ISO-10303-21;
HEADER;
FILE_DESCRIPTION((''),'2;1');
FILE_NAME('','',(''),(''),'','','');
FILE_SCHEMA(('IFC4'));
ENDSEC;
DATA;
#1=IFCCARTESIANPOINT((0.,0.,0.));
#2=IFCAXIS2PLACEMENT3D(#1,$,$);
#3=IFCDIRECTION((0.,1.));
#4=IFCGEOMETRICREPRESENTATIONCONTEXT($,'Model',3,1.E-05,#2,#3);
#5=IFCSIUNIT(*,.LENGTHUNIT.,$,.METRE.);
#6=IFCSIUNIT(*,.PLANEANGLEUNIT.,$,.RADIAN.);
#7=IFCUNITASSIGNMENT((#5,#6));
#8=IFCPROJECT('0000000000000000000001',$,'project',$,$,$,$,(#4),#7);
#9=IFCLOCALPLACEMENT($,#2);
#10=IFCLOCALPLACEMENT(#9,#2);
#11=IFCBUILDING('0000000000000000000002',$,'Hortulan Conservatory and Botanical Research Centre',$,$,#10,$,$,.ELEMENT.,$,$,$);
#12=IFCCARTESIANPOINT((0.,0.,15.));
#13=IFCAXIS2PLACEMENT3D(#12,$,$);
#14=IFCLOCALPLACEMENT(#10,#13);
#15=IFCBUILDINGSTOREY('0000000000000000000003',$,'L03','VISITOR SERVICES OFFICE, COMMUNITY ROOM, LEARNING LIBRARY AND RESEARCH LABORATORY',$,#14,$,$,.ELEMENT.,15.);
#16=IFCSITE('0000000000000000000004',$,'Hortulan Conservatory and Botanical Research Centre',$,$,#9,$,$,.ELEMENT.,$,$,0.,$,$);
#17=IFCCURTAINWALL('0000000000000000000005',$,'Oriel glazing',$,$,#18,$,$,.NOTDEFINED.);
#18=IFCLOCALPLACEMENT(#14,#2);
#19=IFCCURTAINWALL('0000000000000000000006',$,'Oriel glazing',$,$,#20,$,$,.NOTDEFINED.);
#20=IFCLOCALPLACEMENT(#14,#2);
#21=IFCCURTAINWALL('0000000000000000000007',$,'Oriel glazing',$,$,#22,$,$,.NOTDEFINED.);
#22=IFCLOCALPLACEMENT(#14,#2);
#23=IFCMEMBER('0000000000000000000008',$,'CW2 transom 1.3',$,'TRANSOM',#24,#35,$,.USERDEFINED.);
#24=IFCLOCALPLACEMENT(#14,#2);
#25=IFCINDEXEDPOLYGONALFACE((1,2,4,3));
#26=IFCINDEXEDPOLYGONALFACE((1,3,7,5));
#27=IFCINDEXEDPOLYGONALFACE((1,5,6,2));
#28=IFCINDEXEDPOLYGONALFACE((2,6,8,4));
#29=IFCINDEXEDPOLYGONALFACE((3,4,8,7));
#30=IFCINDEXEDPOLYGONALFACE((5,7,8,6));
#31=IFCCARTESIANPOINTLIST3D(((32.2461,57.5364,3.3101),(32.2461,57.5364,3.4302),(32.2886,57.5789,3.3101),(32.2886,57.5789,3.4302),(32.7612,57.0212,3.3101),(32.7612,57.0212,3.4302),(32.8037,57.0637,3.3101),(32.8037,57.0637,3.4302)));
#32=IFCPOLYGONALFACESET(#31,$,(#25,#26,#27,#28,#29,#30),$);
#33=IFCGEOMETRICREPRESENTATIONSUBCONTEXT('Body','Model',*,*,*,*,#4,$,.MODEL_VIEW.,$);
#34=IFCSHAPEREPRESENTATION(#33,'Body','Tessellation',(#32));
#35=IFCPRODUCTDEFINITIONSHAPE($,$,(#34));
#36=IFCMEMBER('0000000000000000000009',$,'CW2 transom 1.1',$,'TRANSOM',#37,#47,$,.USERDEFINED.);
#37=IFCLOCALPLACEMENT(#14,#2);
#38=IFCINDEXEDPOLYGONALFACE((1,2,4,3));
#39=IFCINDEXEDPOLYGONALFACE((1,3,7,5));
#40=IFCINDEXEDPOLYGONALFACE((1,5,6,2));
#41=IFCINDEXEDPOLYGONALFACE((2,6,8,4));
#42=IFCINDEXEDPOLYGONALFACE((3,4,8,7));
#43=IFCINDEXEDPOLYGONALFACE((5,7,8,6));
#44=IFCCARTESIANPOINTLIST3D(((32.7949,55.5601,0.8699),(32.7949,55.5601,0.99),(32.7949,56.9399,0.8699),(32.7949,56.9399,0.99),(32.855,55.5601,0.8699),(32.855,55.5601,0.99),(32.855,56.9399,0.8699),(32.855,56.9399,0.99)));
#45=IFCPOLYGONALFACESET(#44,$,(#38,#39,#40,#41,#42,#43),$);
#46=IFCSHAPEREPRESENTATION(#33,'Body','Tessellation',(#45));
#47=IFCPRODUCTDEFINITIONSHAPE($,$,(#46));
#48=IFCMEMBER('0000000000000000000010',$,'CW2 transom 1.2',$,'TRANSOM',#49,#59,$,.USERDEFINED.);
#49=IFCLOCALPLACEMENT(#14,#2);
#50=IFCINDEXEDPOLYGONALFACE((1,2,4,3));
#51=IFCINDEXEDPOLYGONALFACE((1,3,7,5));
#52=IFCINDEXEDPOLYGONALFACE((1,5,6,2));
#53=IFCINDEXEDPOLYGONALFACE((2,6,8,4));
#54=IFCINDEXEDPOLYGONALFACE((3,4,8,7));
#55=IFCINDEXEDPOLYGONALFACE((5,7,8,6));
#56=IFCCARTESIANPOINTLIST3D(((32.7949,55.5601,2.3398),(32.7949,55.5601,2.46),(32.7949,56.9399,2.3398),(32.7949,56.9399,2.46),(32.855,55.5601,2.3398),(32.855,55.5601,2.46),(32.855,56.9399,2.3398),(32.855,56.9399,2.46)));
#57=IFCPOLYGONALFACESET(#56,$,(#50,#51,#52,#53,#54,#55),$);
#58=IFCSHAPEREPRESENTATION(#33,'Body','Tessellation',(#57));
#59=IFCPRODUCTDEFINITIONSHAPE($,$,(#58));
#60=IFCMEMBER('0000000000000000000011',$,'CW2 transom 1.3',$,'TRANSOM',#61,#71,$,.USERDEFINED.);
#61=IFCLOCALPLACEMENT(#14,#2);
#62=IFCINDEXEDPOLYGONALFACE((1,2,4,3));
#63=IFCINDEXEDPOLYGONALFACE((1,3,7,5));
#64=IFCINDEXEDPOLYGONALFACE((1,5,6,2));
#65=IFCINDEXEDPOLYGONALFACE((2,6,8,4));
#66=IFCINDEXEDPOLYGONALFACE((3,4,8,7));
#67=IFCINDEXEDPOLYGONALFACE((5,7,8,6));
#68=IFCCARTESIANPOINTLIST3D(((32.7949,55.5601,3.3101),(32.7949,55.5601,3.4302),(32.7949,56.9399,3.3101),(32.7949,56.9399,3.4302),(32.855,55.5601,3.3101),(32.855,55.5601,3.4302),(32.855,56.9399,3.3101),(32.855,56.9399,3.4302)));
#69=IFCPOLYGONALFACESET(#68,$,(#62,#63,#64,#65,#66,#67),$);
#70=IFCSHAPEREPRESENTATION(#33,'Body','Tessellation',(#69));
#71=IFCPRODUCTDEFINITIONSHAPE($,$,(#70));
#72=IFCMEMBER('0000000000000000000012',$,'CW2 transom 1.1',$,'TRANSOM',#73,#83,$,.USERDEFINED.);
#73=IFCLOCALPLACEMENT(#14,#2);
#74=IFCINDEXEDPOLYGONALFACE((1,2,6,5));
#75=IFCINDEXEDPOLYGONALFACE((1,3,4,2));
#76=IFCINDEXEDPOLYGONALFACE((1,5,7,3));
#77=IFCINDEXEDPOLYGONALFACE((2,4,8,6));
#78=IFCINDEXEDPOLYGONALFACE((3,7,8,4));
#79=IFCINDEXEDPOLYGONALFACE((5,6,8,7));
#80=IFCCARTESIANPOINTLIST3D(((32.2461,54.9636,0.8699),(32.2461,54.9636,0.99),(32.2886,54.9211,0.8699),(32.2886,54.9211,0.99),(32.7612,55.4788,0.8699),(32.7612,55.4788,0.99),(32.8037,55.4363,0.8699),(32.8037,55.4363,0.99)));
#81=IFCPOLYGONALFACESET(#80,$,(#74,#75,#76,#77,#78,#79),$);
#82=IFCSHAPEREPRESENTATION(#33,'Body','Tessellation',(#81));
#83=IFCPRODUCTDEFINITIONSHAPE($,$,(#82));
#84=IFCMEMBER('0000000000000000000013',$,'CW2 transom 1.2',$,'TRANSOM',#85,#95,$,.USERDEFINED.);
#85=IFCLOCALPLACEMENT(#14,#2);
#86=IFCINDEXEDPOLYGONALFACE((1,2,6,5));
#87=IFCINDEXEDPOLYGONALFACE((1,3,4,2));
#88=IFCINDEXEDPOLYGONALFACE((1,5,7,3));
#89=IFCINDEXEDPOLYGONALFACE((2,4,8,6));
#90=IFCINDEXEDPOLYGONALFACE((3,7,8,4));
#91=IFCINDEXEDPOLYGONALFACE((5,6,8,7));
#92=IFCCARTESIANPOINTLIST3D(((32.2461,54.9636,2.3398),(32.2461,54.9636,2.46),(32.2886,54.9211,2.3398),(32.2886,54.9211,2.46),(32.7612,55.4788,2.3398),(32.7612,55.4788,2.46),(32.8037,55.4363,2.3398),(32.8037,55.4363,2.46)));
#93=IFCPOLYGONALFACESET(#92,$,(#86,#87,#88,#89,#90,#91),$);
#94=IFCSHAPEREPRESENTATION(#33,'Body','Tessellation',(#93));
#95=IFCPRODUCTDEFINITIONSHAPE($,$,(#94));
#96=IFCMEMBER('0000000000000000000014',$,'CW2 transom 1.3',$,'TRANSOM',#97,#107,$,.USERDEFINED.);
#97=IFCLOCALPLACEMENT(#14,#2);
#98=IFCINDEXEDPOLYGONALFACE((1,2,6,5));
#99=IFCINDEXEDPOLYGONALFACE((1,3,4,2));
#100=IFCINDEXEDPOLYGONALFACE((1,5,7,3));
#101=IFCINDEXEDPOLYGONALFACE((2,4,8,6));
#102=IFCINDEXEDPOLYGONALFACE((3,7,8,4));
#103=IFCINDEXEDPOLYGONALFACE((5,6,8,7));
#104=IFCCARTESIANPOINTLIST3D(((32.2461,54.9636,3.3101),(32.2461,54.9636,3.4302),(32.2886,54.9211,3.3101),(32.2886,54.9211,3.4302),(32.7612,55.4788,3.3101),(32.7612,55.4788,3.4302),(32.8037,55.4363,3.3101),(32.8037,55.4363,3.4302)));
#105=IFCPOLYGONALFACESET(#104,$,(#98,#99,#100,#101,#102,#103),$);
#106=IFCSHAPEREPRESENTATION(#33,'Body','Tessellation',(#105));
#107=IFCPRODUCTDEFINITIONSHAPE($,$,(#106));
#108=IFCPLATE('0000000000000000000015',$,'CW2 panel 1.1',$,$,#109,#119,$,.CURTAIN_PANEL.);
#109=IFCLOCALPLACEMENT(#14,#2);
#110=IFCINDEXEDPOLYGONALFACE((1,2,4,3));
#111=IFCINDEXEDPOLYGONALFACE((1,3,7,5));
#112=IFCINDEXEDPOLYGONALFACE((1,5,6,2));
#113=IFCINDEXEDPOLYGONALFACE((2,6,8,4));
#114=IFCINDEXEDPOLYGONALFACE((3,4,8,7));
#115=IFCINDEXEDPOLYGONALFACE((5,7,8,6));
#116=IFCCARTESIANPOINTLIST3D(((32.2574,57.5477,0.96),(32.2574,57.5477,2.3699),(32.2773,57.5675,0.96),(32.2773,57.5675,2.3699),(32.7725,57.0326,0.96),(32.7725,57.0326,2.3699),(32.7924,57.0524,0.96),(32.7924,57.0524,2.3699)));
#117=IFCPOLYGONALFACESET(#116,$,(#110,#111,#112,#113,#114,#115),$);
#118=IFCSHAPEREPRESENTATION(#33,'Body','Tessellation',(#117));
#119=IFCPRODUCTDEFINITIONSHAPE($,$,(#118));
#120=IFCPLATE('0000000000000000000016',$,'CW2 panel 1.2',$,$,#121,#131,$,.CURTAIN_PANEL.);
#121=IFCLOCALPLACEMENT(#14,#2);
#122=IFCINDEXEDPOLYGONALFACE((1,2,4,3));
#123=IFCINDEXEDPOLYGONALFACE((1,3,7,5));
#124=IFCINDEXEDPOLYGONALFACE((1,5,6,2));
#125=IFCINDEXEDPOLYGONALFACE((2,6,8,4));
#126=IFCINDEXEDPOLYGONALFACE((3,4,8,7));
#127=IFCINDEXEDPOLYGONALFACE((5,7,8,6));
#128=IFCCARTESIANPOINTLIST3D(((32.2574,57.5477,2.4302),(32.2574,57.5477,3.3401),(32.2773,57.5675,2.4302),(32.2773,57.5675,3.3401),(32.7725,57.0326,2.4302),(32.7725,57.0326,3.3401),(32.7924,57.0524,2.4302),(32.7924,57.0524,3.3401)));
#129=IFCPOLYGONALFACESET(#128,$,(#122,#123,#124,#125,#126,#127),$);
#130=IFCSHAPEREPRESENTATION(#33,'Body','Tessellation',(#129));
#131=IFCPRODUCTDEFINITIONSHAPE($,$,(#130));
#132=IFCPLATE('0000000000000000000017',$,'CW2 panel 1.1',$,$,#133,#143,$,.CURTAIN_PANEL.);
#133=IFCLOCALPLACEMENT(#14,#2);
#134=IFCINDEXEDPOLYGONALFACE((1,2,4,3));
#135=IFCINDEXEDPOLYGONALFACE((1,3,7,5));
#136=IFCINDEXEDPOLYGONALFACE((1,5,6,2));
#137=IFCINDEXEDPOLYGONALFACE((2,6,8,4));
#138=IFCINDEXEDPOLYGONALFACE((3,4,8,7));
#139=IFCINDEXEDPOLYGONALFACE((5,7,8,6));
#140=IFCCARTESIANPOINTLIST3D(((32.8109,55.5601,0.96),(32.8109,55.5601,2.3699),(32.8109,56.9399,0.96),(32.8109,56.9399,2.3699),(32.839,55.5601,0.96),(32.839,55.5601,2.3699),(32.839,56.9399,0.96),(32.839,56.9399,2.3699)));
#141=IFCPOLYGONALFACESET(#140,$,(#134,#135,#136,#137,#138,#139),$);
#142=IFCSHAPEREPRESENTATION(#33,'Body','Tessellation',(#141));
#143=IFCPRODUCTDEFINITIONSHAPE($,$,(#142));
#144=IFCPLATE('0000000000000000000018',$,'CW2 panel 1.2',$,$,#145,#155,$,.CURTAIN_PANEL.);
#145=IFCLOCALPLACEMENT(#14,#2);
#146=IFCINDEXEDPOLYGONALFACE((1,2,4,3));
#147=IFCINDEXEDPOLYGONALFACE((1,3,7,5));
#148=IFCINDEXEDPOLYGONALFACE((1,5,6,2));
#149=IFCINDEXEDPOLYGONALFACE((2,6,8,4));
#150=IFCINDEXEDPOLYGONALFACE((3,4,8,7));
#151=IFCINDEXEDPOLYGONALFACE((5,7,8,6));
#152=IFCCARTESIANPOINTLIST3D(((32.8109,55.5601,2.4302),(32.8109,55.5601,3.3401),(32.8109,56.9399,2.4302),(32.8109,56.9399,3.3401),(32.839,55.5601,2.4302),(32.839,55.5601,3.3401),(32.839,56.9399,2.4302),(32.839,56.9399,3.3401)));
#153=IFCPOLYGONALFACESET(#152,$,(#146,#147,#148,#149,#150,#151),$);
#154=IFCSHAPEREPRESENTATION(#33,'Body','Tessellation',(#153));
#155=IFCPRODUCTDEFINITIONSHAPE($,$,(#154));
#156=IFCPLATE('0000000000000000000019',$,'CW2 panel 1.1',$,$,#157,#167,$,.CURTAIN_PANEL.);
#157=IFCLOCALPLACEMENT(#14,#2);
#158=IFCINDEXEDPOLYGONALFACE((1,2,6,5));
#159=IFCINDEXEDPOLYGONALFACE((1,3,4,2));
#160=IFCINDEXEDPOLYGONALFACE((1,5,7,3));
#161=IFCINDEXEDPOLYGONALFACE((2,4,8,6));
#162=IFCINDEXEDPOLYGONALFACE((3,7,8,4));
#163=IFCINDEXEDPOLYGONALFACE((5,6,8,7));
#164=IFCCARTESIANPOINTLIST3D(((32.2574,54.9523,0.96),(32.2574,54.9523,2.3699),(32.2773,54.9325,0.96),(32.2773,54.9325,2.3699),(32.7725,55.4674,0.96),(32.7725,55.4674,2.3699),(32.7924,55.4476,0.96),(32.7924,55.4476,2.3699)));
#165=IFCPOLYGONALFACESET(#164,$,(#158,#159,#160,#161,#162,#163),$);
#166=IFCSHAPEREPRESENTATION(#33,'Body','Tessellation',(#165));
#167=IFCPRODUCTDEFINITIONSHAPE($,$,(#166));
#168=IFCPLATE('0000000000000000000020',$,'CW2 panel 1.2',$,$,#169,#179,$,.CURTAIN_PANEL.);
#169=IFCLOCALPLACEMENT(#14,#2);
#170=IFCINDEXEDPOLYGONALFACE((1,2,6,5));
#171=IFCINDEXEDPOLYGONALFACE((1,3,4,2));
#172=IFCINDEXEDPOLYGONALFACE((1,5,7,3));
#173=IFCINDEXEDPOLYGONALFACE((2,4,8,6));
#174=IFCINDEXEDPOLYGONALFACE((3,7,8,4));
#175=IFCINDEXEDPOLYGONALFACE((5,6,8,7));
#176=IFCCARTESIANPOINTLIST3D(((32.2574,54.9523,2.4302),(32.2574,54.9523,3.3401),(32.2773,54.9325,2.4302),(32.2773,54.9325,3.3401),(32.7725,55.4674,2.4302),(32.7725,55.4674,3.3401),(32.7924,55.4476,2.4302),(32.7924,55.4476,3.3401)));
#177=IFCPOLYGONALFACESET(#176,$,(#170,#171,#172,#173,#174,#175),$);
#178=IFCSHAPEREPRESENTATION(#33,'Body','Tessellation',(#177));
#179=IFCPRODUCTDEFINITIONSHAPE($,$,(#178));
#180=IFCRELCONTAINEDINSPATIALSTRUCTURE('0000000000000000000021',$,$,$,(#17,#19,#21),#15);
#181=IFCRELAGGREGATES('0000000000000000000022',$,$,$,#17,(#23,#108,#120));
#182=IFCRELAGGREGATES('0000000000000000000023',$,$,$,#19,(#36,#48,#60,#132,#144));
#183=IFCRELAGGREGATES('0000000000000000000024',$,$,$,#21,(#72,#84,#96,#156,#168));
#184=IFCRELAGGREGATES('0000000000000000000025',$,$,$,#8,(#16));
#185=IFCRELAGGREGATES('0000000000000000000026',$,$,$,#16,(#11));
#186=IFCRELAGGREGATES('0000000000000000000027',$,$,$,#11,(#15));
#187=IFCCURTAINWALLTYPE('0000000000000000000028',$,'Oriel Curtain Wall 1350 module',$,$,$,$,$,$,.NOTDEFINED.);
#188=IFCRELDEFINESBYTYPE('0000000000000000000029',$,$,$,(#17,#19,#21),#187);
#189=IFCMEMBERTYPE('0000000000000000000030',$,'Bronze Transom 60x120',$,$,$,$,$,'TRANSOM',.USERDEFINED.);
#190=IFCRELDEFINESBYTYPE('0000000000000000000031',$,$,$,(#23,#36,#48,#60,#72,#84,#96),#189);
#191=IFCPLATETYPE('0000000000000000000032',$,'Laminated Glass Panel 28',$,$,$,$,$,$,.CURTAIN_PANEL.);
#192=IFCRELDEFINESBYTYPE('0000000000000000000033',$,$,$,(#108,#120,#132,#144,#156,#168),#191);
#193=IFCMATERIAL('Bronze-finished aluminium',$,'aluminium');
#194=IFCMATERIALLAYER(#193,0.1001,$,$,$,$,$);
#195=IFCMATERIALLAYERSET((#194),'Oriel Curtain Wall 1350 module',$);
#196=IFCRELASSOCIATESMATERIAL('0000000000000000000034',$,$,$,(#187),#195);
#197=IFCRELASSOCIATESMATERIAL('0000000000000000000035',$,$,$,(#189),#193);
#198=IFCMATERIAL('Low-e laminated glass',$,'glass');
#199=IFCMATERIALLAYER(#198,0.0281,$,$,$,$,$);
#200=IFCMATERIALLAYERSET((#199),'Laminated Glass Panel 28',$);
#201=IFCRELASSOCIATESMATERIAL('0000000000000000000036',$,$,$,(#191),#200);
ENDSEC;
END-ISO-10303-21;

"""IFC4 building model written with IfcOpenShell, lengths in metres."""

from ifc_helpers import new_model, si_unit, direction, frame, origin, origin_2d, place, context, subcontext, project, spatial, rectangle, extrude, material, layer, layer_set, material_profile, profile_set, type_object, element, aggregate, save


model = new_model("IFC4")

# Units and contexts
model_context = context("Model", 3, precision=1e-05, world=origin(), true_north=direction((0.0, 1.0)))
body_context = subcontext(model_context, "Body", "Model", "MODEL_VIEW")
ifc_project = project(units=[si_unit("LENGTHUNIT", "METRE"), si_unit("PLANEANGLEUNIT", "RADIAN")], contexts=[model_context])

# Site, building, storey
site_placement = place(None, origin())
site = spatial("IfcSite", under=ifc_project, at=site_placement, Name="Hortulan Conservatory and Botanical Research Centre", CompositionType="ELEMENT", RefElevation=0.0)
building_placement = place(site_placement, origin())
building = spatial("IfcBuilding", under=site, at=building_placement, Name="Hortulan Conservatory and Botanical Research Centre", CompositionType="ELEMENT")
storey_placement = place(building_placement, frame((0.0, 0.0, 15.0)))
storey = spatial("IfcBuildingStorey", under=building, at=storey_placement, Name="L03", Description="VISITOR SERVICES OFFICE, COMMUNITY ROOM, LEARNING LIBRARY AND RESEARCH LABORATORY", CompositionType="ELEMENT", Elevation=15.0)

# Shared definitions
ifc_material_1 = material(Name="Bronze-finished aluminium", Category="aluminium")
ifc_layer_1 = layer(ifc_material_1, 0.1001)
ifc_layer_set_1 = layer_set([ifc_layer_1], Name="Oriel Curtain Wall 1350 module")
curtain_wall_type = type_object("IfcCurtainWallType", Name="Oriel Curtain Wall 1350 module", PredefinedType="NOTDEFINED", material=ifc_layer_set_1)

# Curtain walls
curtain_wall_1_placement = place(storey_placement, origin())
curtain_wall_1 = element("IfcCurtainWall", 1, at=curtain_wall_1_placement, inside=storey, type_object=curtain_wall_type, Name="Oriel glazing", PredefinedType="NOTDEFINED")
curtain_wall_2_placement = place(storey_placement, origin())
curtain_wall_2 = element("IfcCurtainWall", 2, at=curtain_wall_2_placement, inside=storey, type_object=curtain_wall_type, Name="Oriel glazing", PredefinedType="NOTDEFINED")
curtain_wall_3_placement = place(storey_placement, origin())
curtain_wall_3 = element("IfcCurtainWall", 3, at=curtain_wall_3_placement, inside=storey, type_object=curtain_wall_type, Name="Oriel glazing", PredefinedType="NOTDEFINED")

# Members
ifc_material_profile_1 = material_profile(ifc_material_1, rectangle(XDim=0.0601, YDim=0.1201, at=origin_2d()), Name="Bronze Transom 60x120")
ifc_profile_set_1 = profile_set([ifc_material_profile_1], Name="Bronze-finished aluminium")
member_type_1 = type_object("IfcMemberType", Name="Bronze Transom 60x120", ElementType="TRANSOM", PredefinedType="USERDEFINED", material=ifc_profile_set_1)
member_1_placement = place(storey_placement, frame((32.2673, 57.5576, 3.3701), z_axis=(0.707107, -0.707107, 0.0), x_axis=(0.707107, 0.707107, 0.0)))
member_1 = element("IfcMember", 4, at=member_1_placement, type_object=member_type_1, Name="CW2 transom 1.3", ObjectType="TRANSOM", PredefinedType="USERDEFINED", context=body_context, shape_type="SweptSolid", body=[
    extrude(rectangle(XDim=0.0601, YDim=0.1201, at=origin_2d()), origin(), (0.0, 0.0, 1.0), 0.7285),
])
member_2_placement = place(storey_placement, frame((32.825, 56.9399, 0.9299), z_axis=(0.0, -1.0, 0.0), x_axis=(1.0, 0.0, 0.0)))
member_2 = element("IfcMember", 5, at=member_2_placement, type_object=member_type_1, Name="CW2 transom 1.1", ObjectType="TRANSOM", PredefinedType="USERDEFINED", context=body_context, shape_type="SweptSolid", body=[
    extrude(rectangle(XDim=0.0601, YDim=0.1201, at=origin_2d()), origin(), (0.0, 0.0, 1.0), 1.3799),
])
member_3_placement = place(storey_placement, frame((32.825, 56.9399, 2.3999), z_axis=(0.0, -1.0, 0.0), x_axis=(1.0, 0.0, 0.0)))
member_3 = element("IfcMember", 6, at=member_3_placement, type_object=member_type_1, Name="CW2 transom 1.2", ObjectType="TRANSOM", PredefinedType="USERDEFINED", context=body_context, shape_type="SweptSolid", body=[
    extrude(rectangle(XDim=0.0601, YDim=0.1201, at=origin_2d()), origin(), (0.0, 0.0, 1.0), 1.3799),
])
member_4_placement = place(storey_placement, frame((32.825, 56.9399, 3.3701), z_axis=(0.0, -1.0, 0.0), x_axis=(1.0, 0.0, 0.0)))
member_4 = element("IfcMember", 7, at=member_4_placement, type_object=member_type_1, Name="CW2 transom 1.3", ObjectType="TRANSOM", PredefinedType="USERDEFINED", context=body_context, shape_type="SweptSolid", body=[
    extrude(rectangle(XDim=0.0601, YDim=0.1201, at=origin_2d()), origin(), (0.0, 0.0, 1.0), 1.3799),
])
member_5_placement = place(storey_placement, frame((32.7825, 55.4575, 0.9299), z_axis=(-0.707107, -0.707107, 0.0), x_axis=(0.707107, -0.707107, 0.0)))
member_5 = element("IfcMember", 8, at=member_5_placement, type_object=member_type_1, Name="CW2 transom 1.1", ObjectType="TRANSOM", PredefinedType="USERDEFINED", context=body_context, shape_type="SweptSolid", body=[
    extrude(rectangle(XDim=0.0601, YDim=0.1201, at=origin_2d()), origin(), (0.0, 0.0, 1.0), 0.7285),
])
member_6_placement = place(storey_placement, frame((32.7825, 55.4575, 2.3999), z_axis=(-0.707107, -0.707107, 0.0), x_axis=(0.707107, -0.707107, 0.0)))
member_6 = element("IfcMember", 9, at=member_6_placement, type_object=member_type_1, Name="CW2 transom 1.2", ObjectType="TRANSOM", PredefinedType="USERDEFINED", context=body_context, shape_type="SweptSolid", body=[
    extrude(rectangle(XDim=0.0601, YDim=0.1201, at=origin_2d()), origin(), (0.0, 0.0, 1.0), 0.7285),
])
member_7_placement = place(storey_placement, frame((32.7825, 55.4575, 3.3701), z_axis=(-0.707107, -0.707107, 0.0), x_axis=(0.707107, -0.707107, 0.0)))
member_7 = element("IfcMember", 10, at=member_7_placement, type_object=member_type_1, Name="CW2 transom 1.3", ObjectType="TRANSOM", PredefinedType="USERDEFINED", context=body_context, shape_type="SweptSolid", body=[
    extrude(rectangle(XDim=0.0601, YDim=0.1201, at=origin_2d()), origin(), (0.0, 0.0, 1.0), 0.7285),
])

# Plates
ifc_material_2 = material(Name="Low-e laminated glass", Category="glass")
ifc_layer_2 = layer(ifc_material_2, 0.0281)
ifc_layer_set_2 = layer_set([ifc_layer_2], Name="Laminated Glass Panel 28")
plate_type = type_object("IfcPlateType", Name="Laminated Glass Panel 28", PredefinedType="CURTAIN_PANEL", material=ifc_layer_set_2)
plate_1_placement = place(storey_placement, frame((32.5249, 57.3, 0.96), z_axis=(0.0, 0.0, 1.0), x_axis=(0.707107, -0.707107, 0.0)))
plate_1 = element("IfcPlate", 11, at=plate_1_placement, type_object=plate_type, Name="CW2 panel 1.1", PredefinedType="CURTAIN_PANEL", context=body_context, shape_type="SweptSolid", body=[
    extrude(rectangle(XDim=0.7285, YDim=0.0281, at=origin_2d()), origin(), (0.0, 0.0, 1.0), 1.4099),
])
plate_2_placement = place(storey_placement, frame((32.5249, 57.3, 2.4302), z_axis=(0.0, 0.0, 1.0), x_axis=(0.707107, -0.707107, 0.0)))
plate_2 = element("IfcPlate", 12, at=plate_2_placement, type_object=plate_type, Name="CW2 panel 1.2", PredefinedType="CURTAIN_PANEL", context=body_context, shape_type="SweptSolid", body=[
    extrude(rectangle(XDim=0.7285, YDim=0.0281, at=origin_2d()), origin(), (0.0, 0.0, 1.0), 0.9099),
])
aggregate(curtain_wall_1, [member_1, plate_1, plate_2])
plate_3_placement = place(storey_placement, frame((32.825, 56.25, 0.96), z_axis=(0.0, 0.0, 1.0), x_axis=(0.0, -1.0, 0.0)))
plate_3 = element("IfcPlate", 13, at=plate_3_placement, type_object=plate_type, Name="CW2 panel 1.1", PredefinedType="CURTAIN_PANEL", context=body_context, shape_type="SweptSolid", body=[
    extrude(rectangle(XDim=1.3799, YDim=0.0281, at=origin_2d()), origin(), (0.0, 0.0, 1.0), 1.4099),
])
plate_4_placement = place(storey_placement, frame((32.825, 56.25, 2.4302), z_axis=(0.0, 0.0, 1.0), x_axis=(0.0, -1.0, 0.0)))
plate_4 = element("IfcPlate", 14, at=plate_4_placement, type_object=plate_type, Name="CW2 panel 1.2", PredefinedType="CURTAIN_PANEL", context=body_context, shape_type="SweptSolid", body=[
    extrude(rectangle(XDim=1.3799, YDim=0.0281, at=origin_2d()), origin(), (0.0, 0.0, 1.0), 0.9099),
])
aggregate(curtain_wall_2, [member_2, member_3, member_4, plate_3, plate_4])
plate_5_placement = place(storey_placement, frame((32.5249, 55.2, 0.96), z_axis=(0.0, 0.0, 1.0), x_axis=(-0.707107, -0.707107, 0.0)))
plate_5 = element("IfcPlate", 15, at=plate_5_placement, type_object=plate_type, Name="CW2 panel 1.1", PredefinedType="CURTAIN_PANEL", context=body_context, shape_type="SweptSolid", body=[
    extrude(rectangle(XDim=0.7285, YDim=0.0281, at=origin_2d()), origin(), (0.0, 0.0, 1.0), 1.4099),
])
plate_6_placement = place(storey_placement, frame((32.5249, 55.2, 2.4302), z_axis=(0.0, 0.0, 1.0), x_axis=(-0.707107, -0.707107, 0.0)))
plate_6 = element("IfcPlate", 16, at=plate_6_placement, type_object=plate_type, Name="CW2 panel 1.2", PredefinedType="CURTAIN_PANEL", context=body_context, shape_type="SweptSolid", body=[
    extrude(rectangle(XDim=0.7285, YDim=0.0281, at=origin_2d()), origin(), (0.0, 0.0, 1.0), 0.9099),
])
aggregate(curtain_wall_3, [member_5, member_6, member_7, plate_5, plate_6])

save(model, "model.ifc")
